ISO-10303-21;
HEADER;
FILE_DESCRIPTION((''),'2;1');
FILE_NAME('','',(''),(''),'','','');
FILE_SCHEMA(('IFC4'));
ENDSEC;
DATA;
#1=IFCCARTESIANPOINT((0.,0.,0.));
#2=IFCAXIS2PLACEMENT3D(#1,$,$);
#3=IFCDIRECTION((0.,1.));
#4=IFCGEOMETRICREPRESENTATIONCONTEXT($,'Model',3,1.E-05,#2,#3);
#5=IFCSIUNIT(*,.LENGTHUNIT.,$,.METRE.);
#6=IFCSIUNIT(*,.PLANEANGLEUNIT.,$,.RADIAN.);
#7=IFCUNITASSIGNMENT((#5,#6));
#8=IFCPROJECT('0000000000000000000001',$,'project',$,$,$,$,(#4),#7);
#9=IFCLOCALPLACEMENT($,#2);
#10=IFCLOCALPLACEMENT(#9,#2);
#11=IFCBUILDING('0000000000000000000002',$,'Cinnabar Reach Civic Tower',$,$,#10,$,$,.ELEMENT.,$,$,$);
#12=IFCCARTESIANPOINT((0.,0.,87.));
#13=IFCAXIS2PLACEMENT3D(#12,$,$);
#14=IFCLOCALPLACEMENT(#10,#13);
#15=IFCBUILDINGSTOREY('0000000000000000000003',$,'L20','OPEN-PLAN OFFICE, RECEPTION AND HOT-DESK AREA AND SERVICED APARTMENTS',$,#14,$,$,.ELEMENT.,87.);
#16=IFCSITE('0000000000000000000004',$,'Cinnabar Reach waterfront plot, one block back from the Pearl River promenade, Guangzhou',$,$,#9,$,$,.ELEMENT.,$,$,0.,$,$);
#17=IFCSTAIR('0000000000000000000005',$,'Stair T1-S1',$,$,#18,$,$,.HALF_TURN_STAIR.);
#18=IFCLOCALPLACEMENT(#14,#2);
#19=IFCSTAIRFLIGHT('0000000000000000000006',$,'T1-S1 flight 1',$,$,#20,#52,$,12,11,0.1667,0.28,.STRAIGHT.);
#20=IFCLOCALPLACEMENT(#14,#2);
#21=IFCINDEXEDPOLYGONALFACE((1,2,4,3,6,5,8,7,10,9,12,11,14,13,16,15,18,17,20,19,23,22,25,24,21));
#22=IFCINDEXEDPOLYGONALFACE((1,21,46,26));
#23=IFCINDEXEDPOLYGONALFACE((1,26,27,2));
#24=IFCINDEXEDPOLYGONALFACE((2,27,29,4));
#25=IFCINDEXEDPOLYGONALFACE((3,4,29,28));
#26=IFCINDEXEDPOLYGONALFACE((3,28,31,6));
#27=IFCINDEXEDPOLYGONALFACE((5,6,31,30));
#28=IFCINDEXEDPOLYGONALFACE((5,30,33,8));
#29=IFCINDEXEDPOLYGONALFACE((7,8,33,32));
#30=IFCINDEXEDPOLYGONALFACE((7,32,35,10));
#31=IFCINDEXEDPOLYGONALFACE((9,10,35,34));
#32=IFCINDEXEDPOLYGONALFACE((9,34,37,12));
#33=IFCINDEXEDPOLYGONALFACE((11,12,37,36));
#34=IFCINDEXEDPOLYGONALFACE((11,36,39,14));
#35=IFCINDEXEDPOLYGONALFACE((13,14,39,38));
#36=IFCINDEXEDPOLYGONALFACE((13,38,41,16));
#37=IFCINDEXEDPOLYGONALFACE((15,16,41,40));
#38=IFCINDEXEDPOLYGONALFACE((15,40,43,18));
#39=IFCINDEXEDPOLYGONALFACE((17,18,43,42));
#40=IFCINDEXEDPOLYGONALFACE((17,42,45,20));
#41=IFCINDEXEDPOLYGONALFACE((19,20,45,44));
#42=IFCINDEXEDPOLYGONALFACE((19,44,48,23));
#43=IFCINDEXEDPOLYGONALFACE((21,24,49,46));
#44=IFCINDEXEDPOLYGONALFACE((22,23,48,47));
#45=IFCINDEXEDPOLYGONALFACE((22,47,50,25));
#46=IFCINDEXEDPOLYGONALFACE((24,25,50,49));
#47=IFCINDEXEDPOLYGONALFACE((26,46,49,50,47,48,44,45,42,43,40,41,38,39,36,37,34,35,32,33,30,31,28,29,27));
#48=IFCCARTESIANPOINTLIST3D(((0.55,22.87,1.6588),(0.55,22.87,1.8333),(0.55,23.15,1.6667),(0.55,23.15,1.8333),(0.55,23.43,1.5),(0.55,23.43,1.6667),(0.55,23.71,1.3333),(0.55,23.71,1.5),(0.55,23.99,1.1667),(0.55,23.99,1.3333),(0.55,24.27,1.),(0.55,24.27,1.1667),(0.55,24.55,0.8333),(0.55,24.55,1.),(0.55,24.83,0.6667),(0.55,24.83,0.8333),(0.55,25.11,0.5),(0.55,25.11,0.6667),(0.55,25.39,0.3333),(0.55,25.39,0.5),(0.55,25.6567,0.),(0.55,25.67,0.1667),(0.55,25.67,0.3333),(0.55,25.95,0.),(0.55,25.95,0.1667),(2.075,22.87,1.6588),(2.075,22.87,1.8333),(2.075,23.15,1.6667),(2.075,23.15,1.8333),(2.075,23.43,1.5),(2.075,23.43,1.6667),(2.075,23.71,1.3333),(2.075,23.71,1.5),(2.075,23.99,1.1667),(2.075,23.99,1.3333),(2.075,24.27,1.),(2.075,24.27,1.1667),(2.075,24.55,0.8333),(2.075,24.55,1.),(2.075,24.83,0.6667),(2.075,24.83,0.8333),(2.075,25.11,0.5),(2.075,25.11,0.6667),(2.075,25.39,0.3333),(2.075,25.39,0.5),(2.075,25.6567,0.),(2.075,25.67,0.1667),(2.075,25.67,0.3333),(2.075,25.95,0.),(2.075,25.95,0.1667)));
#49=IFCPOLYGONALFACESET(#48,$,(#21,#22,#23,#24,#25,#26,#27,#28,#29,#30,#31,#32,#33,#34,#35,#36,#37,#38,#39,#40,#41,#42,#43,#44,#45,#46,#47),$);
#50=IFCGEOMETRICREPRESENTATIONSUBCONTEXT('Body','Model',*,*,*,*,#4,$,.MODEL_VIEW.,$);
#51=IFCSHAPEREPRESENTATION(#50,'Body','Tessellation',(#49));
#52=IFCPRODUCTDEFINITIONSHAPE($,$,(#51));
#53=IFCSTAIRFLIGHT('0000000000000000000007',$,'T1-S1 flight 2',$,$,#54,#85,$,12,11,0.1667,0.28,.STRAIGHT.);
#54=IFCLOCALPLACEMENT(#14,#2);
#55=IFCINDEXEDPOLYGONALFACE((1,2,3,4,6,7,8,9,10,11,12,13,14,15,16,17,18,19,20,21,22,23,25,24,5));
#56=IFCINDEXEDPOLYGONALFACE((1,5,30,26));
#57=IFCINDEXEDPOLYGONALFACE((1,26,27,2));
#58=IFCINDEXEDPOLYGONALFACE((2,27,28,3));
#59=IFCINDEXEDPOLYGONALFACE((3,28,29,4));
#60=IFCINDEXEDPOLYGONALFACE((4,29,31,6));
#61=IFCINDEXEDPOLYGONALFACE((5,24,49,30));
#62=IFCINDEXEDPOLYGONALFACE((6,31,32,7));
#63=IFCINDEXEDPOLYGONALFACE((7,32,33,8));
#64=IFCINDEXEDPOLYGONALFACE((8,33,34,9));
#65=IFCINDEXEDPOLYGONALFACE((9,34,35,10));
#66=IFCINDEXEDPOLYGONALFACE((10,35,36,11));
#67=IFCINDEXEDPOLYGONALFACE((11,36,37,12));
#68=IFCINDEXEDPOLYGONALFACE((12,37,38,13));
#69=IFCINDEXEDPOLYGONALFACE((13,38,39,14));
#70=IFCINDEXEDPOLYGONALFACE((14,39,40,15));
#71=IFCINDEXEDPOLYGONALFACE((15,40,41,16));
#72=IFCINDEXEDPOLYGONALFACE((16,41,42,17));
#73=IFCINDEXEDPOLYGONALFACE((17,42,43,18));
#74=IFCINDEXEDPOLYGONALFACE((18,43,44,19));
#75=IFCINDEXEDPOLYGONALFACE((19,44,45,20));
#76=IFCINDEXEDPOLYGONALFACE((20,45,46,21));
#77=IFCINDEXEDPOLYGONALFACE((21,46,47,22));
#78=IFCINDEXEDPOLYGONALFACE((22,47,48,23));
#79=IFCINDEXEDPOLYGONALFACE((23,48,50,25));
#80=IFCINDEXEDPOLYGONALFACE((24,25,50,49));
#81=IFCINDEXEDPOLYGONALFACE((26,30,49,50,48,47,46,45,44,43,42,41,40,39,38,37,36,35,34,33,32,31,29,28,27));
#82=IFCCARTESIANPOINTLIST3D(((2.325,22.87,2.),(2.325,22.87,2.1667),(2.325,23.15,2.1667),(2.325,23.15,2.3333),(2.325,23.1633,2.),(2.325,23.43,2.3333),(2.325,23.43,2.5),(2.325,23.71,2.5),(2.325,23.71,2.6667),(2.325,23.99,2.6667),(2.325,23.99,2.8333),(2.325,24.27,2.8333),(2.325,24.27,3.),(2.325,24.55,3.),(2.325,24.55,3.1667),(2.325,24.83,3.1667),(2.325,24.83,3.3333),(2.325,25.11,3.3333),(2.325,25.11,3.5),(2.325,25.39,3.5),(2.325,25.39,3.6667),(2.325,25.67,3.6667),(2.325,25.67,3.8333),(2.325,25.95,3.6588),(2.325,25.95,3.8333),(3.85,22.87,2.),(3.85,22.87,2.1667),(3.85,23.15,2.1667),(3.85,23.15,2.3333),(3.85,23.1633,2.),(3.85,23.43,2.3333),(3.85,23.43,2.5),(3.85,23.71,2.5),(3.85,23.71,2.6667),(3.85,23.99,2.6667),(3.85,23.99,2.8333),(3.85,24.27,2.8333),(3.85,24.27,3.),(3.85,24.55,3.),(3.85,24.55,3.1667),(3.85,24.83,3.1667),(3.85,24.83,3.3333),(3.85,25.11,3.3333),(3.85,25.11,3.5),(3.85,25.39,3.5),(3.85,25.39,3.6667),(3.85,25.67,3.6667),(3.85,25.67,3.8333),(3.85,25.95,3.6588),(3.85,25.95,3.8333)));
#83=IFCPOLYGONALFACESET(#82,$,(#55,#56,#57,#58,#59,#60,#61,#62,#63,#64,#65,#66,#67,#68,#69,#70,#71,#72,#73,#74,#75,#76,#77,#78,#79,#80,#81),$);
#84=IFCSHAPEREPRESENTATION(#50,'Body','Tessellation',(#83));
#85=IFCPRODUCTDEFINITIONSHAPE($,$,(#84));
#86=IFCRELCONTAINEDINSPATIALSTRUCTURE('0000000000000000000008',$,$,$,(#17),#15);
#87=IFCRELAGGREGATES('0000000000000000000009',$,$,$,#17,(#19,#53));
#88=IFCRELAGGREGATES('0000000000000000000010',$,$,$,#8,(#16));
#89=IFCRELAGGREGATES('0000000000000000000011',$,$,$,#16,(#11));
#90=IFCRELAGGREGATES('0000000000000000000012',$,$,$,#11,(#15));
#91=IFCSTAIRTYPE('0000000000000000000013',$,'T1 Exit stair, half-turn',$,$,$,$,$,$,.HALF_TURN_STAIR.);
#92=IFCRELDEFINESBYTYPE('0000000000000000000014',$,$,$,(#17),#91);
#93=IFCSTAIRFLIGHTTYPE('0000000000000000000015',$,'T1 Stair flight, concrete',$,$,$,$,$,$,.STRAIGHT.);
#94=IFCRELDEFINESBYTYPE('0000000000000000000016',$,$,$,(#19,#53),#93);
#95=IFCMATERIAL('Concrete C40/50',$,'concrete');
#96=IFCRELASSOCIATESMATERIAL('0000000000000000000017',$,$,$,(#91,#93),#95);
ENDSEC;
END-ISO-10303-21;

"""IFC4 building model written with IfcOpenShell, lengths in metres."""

from ifc_helpers import new_model, si_unit, direction, frame, origin, place, context, subcontext, project, spatial, polyline, outline, extrude, material, type_object, element, aggregate, save


model = new_model("IFC4")

# Units and contexts
model_context = context("Model", 3, precision=1e-05, world=origin(), true_north=direction((0.0, 1.0)))
body_context = subcontext(model_context, "Body", "Model", "MODEL_VIEW")
ifc_project = project(units=[si_unit("LENGTHUNIT", "METRE"), si_unit("PLANEANGLEUNIT", "RADIAN")], contexts=[model_context])

# Site, building, storey
site_placement = place(None, origin())
site = spatial("IfcSite", under=ifc_project, at=site_placement, Name="Cinnabar Reach waterfront plot, one block back from the Pearl River promenade, Guangzhou", CompositionType="ELEMENT", RefElevation=0.0)
building_placement = place(site_placement, origin())
building = spatial("IfcBuilding", under=site, at=building_placement, Name="Cinnabar Reach Civic Tower", CompositionType="ELEMENT")
storey_placement = place(building_placement, frame((0.0, 0.0, 87.0)))
storey = spatial("IfcBuildingStorey", under=building, at=storey_placement, Name="L20", Description="OPEN-PLAN OFFICE, RECEPTION AND HOT-DESK AREA AND SERVICED APARTMENTS", CompositionType="ELEMENT", Elevation=87.0)

# Stair, stair flights
ifc_material_1 = material(Name="Concrete C40/50", Category="concrete")
stair_type = type_object("IfcStairType", Name="T1 Exit stair, half-turn", PredefinedType="HALF_TURN_STAIR", material=ifc_material_1)
stair_placement = place(storey_placement, origin())
stair = element("IfcStair", 1, at=stair_placement, inside=storey, type_object=stair_type, Name="Stair T1-S1", PredefinedType="HALF_TURN_STAIR")
stair_flight_type = type_object("IfcStairFlightType", Name="T1 Stair flight, concrete", PredefinedType="STRAIGHT", material=ifc_material_1)
stair_flight_1_placement = place(storey_placement, frame((1.3125, 25.95, 0.0), z_axis=(0.0, 0.0, 1.0), x_axis=(0.0, -1.0, 0.0)))
stair_flight_1 = element("IfcStairFlight", 2, at=stair_flight_1_placement, type_object=stair_flight_type, Name="T1-S1 flight 1", NumberOfRisers=12, NumberOfTreads=11, PredefinedType="STRAIGHT", RiserHeight=0.1667, TreadLength=0.28, context=body_context, shape_type="SweptSolid", body=[
    extrude(outline(polyline([(0.0, 0.0), (0.0, 0.1667), (0.28, 0.1667), (0.28, 0.3333), (0.56, 0.3333), (0.56, 0.5), (0.84, 0.5), (0.84, 0.6667), (1.12, 0.6667), (1.12, 0.8333), (1.4, 0.8333), (1.4, 1.0), (1.68, 1.0), (1.68, 1.1667), (1.96, 1.1667), (1.96, 1.3333), (2.24, 1.3333), (2.24, 1.5), (2.52, 1.5), (2.52, 1.6667), (2.8, 1.6667), (2.8, 1.8333), (3.08, 1.8333), (3.08, 2.0), (3.08, 1.6588), (0.2933, 0.0), (0.0, 0.0)])), frame((0.0, 0.7625, 0.0), z_axis=(0.0, -1.0, 0.0), x_axis=(1.0, 0.0, 0.0)), (0.0, 0.0, 1.0), 1.525),
])
stair_flight_2_placement = place(storey_placement, frame((3.0875, 22.87, 2.0), z_axis=(0.0, 0.0, 1.0), x_axis=(0.0, 1.0, 0.0)))
stair_flight_2 = element("IfcStairFlight", 3, at=stair_flight_2_placement, type_object=stair_flight_type, Name="T1-S1 flight 2", NumberOfRisers=12, NumberOfTreads=11, PredefinedType="STRAIGHT", RiserHeight=0.1667, TreadLength=0.28, context=body_context, shape_type="SweptSolid", body=[
    extrude(outline(polyline([(0.0, 0.0), (0.0, 0.1667), (0.28, 0.1667), (0.28, 0.3333), (0.56, 0.3333), (0.56, 0.5), (0.84, 0.5), (0.84, 0.6667), (1.12, 0.6667), (1.12, 0.8333), (1.4, 0.8333), (1.4, 1.0), (1.68, 1.0), (1.68, 1.1667), (1.96, 1.1667), (1.96, 1.3333), (2.24, 1.3333), (2.24, 1.5), (2.52, 1.5), (2.52, 1.6667), (2.8, 1.6667), (2.8, 1.8333), (3.08, 1.8333), (3.08, 2.0), (3.08, 1.6588), (0.2933, 0.0), (0.0, 0.0)])), frame((0.0, 0.7625, 0.0), z_axis=(0.0, -1.0, 0.0), x_axis=(1.0, 0.0, 0.0)), (0.0, 0.0, 1.0), 1.525),
])
aggregate(stair, [stair_flight_1, stair_flight_2])

save(model, "model.ifc")
